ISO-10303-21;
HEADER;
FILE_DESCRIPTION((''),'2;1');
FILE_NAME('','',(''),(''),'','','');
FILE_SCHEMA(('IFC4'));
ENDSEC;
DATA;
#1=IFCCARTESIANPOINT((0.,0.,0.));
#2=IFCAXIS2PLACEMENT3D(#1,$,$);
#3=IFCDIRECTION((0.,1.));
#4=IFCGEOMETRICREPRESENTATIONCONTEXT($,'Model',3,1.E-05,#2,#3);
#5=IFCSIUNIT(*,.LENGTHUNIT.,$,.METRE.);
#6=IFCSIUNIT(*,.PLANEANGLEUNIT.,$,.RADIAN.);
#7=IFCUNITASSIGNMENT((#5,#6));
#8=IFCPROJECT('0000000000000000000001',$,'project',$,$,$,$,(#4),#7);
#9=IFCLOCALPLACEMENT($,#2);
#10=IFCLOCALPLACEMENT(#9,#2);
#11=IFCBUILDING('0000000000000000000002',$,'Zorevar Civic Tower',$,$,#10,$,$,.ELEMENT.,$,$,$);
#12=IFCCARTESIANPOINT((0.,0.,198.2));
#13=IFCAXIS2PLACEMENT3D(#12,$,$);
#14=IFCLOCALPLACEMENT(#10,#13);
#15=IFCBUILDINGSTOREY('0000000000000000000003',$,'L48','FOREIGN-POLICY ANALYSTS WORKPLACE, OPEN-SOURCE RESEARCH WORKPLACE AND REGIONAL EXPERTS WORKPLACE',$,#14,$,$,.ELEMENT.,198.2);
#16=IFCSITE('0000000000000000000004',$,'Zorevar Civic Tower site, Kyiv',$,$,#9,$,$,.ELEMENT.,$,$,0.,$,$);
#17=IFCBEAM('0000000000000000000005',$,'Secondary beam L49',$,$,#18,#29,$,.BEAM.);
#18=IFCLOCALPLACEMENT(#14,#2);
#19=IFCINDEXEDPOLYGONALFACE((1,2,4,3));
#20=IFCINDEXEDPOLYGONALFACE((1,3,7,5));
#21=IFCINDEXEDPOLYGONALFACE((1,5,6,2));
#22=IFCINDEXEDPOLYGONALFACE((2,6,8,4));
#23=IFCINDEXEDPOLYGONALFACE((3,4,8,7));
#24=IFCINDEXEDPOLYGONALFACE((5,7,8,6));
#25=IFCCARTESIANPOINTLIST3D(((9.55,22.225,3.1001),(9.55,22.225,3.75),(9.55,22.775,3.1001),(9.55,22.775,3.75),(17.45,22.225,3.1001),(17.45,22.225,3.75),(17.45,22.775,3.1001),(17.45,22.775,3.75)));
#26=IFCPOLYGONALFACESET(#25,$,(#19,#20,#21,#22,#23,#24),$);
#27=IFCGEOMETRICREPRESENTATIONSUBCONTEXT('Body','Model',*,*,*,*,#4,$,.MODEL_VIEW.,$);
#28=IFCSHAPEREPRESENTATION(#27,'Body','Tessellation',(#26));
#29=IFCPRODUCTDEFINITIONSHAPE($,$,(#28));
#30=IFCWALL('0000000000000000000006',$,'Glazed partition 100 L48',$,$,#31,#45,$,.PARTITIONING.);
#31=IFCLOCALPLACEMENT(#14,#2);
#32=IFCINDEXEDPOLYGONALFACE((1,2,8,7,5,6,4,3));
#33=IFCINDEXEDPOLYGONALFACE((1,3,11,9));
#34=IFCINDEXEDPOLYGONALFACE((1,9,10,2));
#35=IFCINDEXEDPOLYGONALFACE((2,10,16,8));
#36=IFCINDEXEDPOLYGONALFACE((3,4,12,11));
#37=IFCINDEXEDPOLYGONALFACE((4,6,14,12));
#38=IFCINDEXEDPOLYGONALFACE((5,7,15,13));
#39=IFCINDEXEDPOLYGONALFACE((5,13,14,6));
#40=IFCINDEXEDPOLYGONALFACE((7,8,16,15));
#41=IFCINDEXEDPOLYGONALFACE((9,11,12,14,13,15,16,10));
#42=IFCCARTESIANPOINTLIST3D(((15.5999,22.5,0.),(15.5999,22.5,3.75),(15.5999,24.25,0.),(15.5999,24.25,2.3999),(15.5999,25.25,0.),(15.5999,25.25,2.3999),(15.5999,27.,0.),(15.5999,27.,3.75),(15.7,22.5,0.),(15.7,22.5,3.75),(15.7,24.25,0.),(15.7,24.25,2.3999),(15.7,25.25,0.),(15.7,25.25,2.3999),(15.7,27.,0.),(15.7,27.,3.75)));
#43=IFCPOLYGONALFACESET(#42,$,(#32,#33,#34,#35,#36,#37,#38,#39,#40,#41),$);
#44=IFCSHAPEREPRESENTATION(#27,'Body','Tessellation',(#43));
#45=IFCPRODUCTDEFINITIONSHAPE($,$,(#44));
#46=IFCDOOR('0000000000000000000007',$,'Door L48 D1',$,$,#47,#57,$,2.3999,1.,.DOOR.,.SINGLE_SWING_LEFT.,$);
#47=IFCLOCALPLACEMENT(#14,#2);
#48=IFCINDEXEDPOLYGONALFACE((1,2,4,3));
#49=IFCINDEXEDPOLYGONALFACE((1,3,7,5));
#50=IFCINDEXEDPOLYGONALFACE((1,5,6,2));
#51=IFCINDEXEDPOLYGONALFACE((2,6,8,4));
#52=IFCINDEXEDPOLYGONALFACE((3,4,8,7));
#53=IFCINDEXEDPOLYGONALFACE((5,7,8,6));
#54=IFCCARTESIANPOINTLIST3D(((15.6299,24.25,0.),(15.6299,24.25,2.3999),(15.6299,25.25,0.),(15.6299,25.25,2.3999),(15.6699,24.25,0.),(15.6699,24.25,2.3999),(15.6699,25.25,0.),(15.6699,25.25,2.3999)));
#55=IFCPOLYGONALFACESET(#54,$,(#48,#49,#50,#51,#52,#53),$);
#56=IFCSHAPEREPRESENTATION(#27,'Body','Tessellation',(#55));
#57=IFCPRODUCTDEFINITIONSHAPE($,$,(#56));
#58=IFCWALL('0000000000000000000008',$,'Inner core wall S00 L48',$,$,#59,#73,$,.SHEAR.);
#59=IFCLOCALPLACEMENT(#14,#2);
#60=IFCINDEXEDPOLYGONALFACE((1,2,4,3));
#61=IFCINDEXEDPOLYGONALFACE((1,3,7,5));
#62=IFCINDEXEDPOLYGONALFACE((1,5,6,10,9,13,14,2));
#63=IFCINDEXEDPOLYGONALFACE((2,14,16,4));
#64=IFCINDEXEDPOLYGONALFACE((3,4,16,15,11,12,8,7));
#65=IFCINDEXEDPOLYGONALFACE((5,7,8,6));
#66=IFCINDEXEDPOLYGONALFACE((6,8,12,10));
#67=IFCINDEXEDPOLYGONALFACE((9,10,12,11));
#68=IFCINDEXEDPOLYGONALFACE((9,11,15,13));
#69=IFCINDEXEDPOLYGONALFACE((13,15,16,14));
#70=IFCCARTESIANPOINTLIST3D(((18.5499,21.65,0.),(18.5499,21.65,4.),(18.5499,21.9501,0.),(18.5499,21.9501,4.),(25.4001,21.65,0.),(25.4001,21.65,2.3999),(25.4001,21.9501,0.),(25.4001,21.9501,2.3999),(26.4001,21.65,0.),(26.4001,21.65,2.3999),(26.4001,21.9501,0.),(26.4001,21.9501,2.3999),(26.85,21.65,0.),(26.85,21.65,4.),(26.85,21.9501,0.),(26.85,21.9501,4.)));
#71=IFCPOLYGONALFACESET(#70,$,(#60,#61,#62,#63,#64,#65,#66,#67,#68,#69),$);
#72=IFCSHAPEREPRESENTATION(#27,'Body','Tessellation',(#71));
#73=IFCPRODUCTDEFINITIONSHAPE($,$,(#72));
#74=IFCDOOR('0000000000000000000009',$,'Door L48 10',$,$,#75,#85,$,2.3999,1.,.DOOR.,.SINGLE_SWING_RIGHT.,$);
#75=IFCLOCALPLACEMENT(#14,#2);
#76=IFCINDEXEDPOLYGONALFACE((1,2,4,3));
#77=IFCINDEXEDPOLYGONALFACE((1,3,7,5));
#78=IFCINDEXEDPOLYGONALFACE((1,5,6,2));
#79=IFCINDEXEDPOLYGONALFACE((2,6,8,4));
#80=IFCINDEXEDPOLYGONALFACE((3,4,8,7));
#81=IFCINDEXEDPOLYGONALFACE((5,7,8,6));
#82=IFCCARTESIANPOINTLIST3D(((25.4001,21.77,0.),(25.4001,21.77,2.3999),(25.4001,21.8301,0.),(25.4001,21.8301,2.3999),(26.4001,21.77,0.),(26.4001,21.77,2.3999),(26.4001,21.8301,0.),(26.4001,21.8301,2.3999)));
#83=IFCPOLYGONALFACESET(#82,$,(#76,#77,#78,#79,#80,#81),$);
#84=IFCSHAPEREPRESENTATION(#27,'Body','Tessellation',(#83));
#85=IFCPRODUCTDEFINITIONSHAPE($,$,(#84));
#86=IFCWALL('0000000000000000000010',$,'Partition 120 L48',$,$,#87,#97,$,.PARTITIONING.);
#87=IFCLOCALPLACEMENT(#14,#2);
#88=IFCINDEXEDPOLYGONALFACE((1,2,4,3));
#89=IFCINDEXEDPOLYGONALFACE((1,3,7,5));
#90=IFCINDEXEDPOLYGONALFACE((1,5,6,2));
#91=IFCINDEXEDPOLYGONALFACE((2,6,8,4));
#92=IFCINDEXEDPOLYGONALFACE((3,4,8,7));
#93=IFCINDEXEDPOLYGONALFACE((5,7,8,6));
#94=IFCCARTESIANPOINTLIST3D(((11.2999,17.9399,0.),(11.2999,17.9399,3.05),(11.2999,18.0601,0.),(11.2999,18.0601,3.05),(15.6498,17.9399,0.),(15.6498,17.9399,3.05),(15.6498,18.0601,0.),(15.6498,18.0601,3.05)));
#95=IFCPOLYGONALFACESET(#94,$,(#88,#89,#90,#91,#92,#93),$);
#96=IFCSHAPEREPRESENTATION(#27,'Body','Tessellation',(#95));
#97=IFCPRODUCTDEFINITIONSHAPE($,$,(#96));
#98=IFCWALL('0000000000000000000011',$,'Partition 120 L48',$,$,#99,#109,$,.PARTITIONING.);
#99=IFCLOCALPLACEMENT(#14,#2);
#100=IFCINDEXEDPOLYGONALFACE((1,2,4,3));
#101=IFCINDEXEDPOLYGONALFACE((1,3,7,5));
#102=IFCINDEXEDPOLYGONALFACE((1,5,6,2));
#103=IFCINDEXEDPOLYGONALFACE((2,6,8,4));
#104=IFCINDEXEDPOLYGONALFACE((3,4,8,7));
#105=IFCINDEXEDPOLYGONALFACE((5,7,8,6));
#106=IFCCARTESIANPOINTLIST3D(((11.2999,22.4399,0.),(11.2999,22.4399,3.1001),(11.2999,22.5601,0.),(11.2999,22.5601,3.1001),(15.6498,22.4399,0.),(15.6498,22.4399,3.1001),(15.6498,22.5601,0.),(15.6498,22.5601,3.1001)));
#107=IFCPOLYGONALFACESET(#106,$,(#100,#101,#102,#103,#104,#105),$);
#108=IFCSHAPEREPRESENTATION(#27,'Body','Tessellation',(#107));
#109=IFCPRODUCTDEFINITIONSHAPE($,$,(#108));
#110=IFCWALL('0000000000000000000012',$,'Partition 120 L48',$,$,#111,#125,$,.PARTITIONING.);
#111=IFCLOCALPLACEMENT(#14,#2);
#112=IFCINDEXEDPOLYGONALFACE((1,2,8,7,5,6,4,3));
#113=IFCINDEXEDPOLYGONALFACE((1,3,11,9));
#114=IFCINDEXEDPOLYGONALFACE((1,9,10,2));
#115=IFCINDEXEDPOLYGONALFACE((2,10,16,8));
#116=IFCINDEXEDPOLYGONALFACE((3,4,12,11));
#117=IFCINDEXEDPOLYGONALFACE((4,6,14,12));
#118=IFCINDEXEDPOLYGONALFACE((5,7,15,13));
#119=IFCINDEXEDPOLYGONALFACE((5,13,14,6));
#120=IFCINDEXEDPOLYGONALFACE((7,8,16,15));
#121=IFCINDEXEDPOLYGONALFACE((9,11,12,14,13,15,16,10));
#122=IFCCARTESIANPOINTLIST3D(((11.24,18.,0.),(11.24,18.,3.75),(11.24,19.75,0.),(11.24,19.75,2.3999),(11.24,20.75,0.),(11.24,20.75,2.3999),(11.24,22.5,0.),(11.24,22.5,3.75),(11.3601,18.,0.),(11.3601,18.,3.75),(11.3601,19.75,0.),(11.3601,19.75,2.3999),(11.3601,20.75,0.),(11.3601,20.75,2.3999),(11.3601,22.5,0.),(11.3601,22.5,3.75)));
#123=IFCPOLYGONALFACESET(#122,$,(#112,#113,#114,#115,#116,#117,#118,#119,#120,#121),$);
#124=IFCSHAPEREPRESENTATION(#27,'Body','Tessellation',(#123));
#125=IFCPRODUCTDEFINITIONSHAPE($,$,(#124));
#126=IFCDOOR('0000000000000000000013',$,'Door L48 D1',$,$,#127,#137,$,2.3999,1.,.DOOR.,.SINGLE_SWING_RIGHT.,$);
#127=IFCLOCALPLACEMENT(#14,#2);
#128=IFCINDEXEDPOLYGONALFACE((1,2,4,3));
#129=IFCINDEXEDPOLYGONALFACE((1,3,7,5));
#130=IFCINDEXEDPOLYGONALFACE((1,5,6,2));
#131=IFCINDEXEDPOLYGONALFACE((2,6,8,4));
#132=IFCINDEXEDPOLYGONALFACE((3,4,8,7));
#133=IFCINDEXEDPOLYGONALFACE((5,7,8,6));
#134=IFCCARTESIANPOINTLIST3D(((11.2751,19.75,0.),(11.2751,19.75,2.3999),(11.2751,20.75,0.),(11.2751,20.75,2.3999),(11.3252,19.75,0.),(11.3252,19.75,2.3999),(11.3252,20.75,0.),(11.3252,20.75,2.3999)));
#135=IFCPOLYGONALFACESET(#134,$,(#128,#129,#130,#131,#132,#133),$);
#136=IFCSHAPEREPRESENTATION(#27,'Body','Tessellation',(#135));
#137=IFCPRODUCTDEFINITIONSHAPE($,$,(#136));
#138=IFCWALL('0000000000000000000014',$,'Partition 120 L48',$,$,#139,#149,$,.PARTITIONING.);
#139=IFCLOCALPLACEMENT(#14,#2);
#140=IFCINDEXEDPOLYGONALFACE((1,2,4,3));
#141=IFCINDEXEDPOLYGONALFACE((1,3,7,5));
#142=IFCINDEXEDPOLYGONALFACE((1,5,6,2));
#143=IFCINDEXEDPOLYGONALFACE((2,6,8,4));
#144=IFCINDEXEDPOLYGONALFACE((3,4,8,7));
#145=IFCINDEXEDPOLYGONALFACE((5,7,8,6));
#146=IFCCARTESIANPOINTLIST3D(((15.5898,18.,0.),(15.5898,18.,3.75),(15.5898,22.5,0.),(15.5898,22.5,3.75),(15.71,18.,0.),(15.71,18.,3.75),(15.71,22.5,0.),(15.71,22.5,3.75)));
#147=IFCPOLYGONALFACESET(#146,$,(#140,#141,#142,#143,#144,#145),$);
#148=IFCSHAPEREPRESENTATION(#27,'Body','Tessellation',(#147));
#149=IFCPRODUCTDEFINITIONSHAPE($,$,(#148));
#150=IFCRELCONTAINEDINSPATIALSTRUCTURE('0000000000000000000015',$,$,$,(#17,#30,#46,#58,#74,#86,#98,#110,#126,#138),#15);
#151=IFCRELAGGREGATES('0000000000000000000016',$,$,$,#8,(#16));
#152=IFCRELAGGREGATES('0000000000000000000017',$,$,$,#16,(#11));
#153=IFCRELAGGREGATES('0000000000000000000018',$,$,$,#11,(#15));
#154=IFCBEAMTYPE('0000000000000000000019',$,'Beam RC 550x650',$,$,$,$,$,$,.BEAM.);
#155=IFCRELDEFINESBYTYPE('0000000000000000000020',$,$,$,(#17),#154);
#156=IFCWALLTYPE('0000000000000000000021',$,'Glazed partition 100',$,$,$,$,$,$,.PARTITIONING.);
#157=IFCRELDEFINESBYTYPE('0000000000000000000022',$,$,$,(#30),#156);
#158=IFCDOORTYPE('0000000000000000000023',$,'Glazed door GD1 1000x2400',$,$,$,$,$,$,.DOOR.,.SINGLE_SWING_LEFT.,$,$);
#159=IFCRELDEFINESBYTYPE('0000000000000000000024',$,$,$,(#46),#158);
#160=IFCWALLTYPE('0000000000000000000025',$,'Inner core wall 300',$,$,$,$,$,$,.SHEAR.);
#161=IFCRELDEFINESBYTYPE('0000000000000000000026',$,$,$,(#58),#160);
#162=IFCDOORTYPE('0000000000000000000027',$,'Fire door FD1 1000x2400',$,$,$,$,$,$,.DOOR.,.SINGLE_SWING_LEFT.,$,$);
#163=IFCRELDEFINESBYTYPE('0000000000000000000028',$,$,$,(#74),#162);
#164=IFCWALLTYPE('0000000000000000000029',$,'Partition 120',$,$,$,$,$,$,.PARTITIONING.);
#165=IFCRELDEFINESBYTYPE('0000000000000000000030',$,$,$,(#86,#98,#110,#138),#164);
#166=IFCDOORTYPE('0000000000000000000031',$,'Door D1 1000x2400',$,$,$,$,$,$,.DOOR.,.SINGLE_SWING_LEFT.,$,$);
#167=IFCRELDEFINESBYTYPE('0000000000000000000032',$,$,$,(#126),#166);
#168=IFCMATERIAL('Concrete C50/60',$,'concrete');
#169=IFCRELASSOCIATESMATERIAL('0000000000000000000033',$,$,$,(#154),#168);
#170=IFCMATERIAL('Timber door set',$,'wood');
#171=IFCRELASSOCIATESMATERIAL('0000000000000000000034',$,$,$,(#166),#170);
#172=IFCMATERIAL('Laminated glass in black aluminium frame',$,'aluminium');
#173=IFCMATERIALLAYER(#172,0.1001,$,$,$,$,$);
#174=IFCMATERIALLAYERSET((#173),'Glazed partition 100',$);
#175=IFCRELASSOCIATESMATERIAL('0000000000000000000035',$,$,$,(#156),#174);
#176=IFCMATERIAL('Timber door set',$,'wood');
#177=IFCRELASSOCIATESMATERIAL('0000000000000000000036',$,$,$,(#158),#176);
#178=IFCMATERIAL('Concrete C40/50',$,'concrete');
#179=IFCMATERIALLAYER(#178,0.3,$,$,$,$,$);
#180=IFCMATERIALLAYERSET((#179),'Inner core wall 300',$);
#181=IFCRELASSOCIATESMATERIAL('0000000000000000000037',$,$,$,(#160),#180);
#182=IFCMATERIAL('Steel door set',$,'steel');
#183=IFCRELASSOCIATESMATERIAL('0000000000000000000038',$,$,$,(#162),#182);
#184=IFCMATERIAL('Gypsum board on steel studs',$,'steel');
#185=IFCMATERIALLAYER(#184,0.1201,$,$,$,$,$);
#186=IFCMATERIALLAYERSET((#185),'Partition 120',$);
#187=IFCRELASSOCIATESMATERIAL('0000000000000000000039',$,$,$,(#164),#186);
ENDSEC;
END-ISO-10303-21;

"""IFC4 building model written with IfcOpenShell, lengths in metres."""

from ifc_helpers import new_model, si_unit, direction, frame, frame_2d, origin, origin_2d, place, context, subcontext, project, spatial, rectangle, extrude, material, layer, layer_set, material_profile, profile_set, type_object, element, fill, save


model = new_model("IFC4")

# Units and contexts
model_context = context("Model", 3, precision=1e-05, world=origin(), true_north=direction((0.0, 1.0)))
body_context = subcontext(model_context, "Body", "Model", "MODEL_VIEW")
ifc_project = project(units=[si_unit("LENGTHUNIT", "METRE"), si_unit("PLANEANGLEUNIT", "RADIAN")], contexts=[model_context])

# Site, building, storey
site_placement = place(None, origin())
site = spatial("IfcSite", under=ifc_project, at=site_placement, Name="Zorevar Civic Tower site, Kyiv", CompositionType="ELEMENT", RefElevation=0.0)
building_placement = place(site_placement, origin())
building = spatial("IfcBuilding", under=site, at=building_placement, Name="Zorevar Civic Tower", CompositionType="ELEMENT")
storey_placement = place(building_placement, frame((0.0, 0.0, 198.2)))
storey = spatial("IfcBuildingStorey", under=building, at=storey_placement, Name="L48", Description="FOREIGN-POLICY ANALYSTS WORKPLACE, OPEN-SOURCE RESEARCH WORKPLACE AND REGIONAL EXPERTS WORKPLACE", CompositionType="ELEMENT", Elevation=198.2)

# Beam
ifc_material_1 = material(Name="Concrete C50/60", Category="concrete")
ifc_material_profile = material_profile(ifc_material_1, rectangle(XDim=0.55, YDim=0.6499, at=origin_2d()), Name="RC 550x650")
ifc_profile_set = profile_set([ifc_material_profile], Name="Concrete C50/60")
beam_type = type_object("IfcBeamType", Name="Beam RC 550x650", PredefinedType="BEAM", material=ifc_profile_set)
beam_placement = place(storey_placement, frame((9.55, 22.5, 3.425), z_axis=(1.0, 0.0, 0.0), x_axis=(0.0, 1.0, 0.0)))
element("IfcBeam", 1, at=beam_placement, inside=storey, type_object=beam_type, Name="Secondary beam L49", PredefinedType="BEAM", context=body_context, shape_type="SweptSolid", body=[
    extrude(rectangle(XDim=0.55, YDim=0.6499, at=origin_2d()), origin(), (0.0, 0.0, 1.0), 7.8999),
])

# Shared definitions
ifc_material_2 = material(Name="Timber door set", Category="wood")
door_type_1 = type_object("IfcDoorType", Name="Door D1 1000x2400", OperationType="SINGLE_SWING_LEFT", PredefinedType="DOOR", material=ifc_material_2)

# Walls, openings, doors
ifc_material_3 = material(Name="Laminated glass in black aluminium frame", Category="aluminium")
ifc_layer_1 = layer(ifc_material_3, 0.1001)
ifc_layer_set_1 = layer_set([ifc_layer_1], Name="Glazed partition 100")
wall_type_1 = type_object("IfcWallType", Name="Glazed partition 100", PredefinedType="PARTITIONING", material=ifc_layer_set_1)
wall_1_placement = place(storey_placement, frame((15.6499, 22.5, 0.0), z_axis=(0.0, 0.0, 1.0), x_axis=(0.0, 1.0, 0.0)))
wall_1 = element("IfcWall", 2, at=wall_1_placement, inside=storey, type_object=wall_type_1, Name="Glazed partition 100 L48", PredefinedType="PARTITIONING", context=body_context, shape_type="SweptSolid", body=[
    extrude(rectangle(XDim=4.5, YDim=0.1001, at=frame_2d((2.25, 0.0))), origin(), (0.0, 0.0, 1.0), 3.75),
])
opening_1_placement = place(wall_1_placement, frame((1.75, 0.0, 0.0)))
opening_1 = element("IfcOpeningElement", 3, at=opening_1_placement, cuts=wall_1, PredefinedType="OPENING", context=body_context, shape_type="SweptSolid", body=[
    extrude(rectangle(XDim=1.0, YDim=2.3999, at=frame_2d((0.5, 1.2))), frame((0.0, 0.0601, 0.0), z_axis=(0.0, -1.0, 0.0), x_axis=(1.0, 0.0, 0.0)), (0.0, 0.0, 1.0), 0.1201),
])
ifc_material_4 = material(Name="Timber door set", Category="wood")
door_type_2 = type_object("IfcDoorType", Name="Glazed door GD1 1000x2400", OperationType="SINGLE_SWING_LEFT", PredefinedType="DOOR", material=ifc_material_4)
door_1_placement = place(opening_1_placement, origin())
door_1 = element("IfcDoor", 4, at=door_1_placement, inside=storey, type_object=door_type_2, Name="Door L48 D1", OperationType="SINGLE_SWING_LEFT", OverallHeight=2.3999, OverallWidth=1.0, PredefinedType="DOOR", context=body_context, shape_type="SweptSolid", body=[
    extrude(rectangle(XDim=1.0, YDim=2.3999, at=frame_2d((0.5, 1.2))), frame((0.0, 0.02, 0.0), z_axis=(0.0, -1.0, 0.0), x_axis=(1.0, 0.0, 0.0)), (0.0, 0.0, 1.0), 0.04),
])
fill(opening_1, door_1)
ifc_material_5 = material(Name="Concrete C40/50", Category="concrete")
ifc_layer_2 = layer(ifc_material_5, 0.3)
ifc_layer_set_2 = layer_set([ifc_layer_2], Name="Inner core wall 300")
wall_type_2 = type_object("IfcWallType", Name="Inner core wall 300", PredefinedType="SHEAR", material=ifc_layer_set_2)
wall_2_placement = place(storey_placement, frame((18.55, 21.8, 0.0), z_axis=(0.0, 0.0, 1.0), x_axis=(1.0, 0.0, 0.0)))
wall_2 = element("IfcWall", 5, at=wall_2_placement, inside=storey, type_object=wall_type_2, Name="Inner core wall S00 L48", PredefinedType="SHEAR", context=body_context, shape_type="SweptSolid", body=[
    extrude(rectangle(XDim=8.3, YDim=0.3, at=frame_2d((4.1499, 0.0))), origin(), (0.0, 0.0, 1.0), 4.0),
])
opening_2_placement = place(wall_2_placement, frame((6.8501, 0.0, 0.0)))
opening_2 = element("IfcOpeningElement", 6, at=opening_2_placement, cuts=wall_2, PredefinedType="OPENING", context=body_context, shape_type="SweptSolid", body=[
    extrude(rectangle(XDim=1.0, YDim=2.3999, at=frame_2d((0.5, 1.2))), frame((0.0, 0.1599, 0.0), z_axis=(0.0, -1.0, 0.0), x_axis=(1.0, 0.0, 0.0)), (0.0, 0.0, 1.0), 0.3201),
])
ifc_material_6 = material(Name="Steel door set", Category="steel")
door_type_3 = type_object("IfcDoorType", Name="Fire door FD1 1000x2400", OperationType="SINGLE_SWING_LEFT", PredefinedType="DOOR", material=ifc_material_6)
door_2_placement = place(opening_2_placement, origin())
door_2 = element("IfcDoor", 7, at=door_2_placement, inside=storey, type_object=door_type_3, Name="Door L48 10", OperationType="SINGLE_SWING_RIGHT", OverallHeight=2.3999, OverallWidth=1.0, PredefinedType="DOOR", context=body_context, shape_type="SweptSolid", body=[
    extrude(rectangle(XDim=1.0, YDim=2.3999, at=frame_2d((0.5, 1.2))), frame((0.0, 0.03, 0.0), z_axis=(0.0, -1.0, 0.0), x_axis=(1.0, 0.0, 0.0)), (0.0, 0.0, 1.0), 0.0601),
])
fill(opening_2, door_2)

# Walls
ifc_material_7 = material(Name="Gypsum board on steel studs", Category="steel")
ifc_layer_3 = layer(ifc_material_7, 0.1201)
ifc_layer_set_3 = layer_set([ifc_layer_3], Name="Partition 120")
wall_type_3 = type_object("IfcWallType", Name="Partition 120", PredefinedType="PARTITIONING", material=ifc_layer_set_3)
wall_3_placement = place(storey_placement, frame((11.3, 18.0, 0.0), z_axis=(0.0, 0.0, 1.0), x_axis=(1.0, 0.0, 0.0)))
element("IfcWall", 8, at=wall_3_placement, inside=storey, type_object=wall_type_3, Name="Partition 120 L48", PredefinedType="PARTITIONING", context=body_context, shape_type="SweptSolid", body=[
    extrude(rectangle(XDim=4.3499, YDim=0.1201, at=frame_2d((2.1748, 0.0))), origin(), (0.0, 0.0, 1.0), 3.05),
])
wall_4_placement = place(storey_placement, frame((11.3, 22.5, 0.0), z_axis=(0.0, 0.0, 1.0), x_axis=(1.0, 0.0, 0.0)))
element("IfcWall", 9, at=wall_4_placement, inside=storey, type_object=wall_type_3, Name="Partition 120 L48", PredefinedType="PARTITIONING", context=body_context, shape_type="SweptSolid", body=[
    extrude(rectangle(XDim=4.3499, YDim=0.1201, at=frame_2d((2.1748, 0.0))), origin(), (0.0, 0.0, 1.0), 3.1001),
])

# Wall, opening, door
wall_5_placement = place(storey_placement, frame((11.3, 18.0, 0.0), z_axis=(0.0, 0.0, 1.0), x_axis=(0.0, 1.0, 0.0)))
wall_5 = element("IfcWall", 10, at=wall_5_placement, inside=storey, type_object=wall_type_3, Name="Partition 120 L48", PredefinedType="PARTITIONING", context=body_context, shape_type="SweptSolid", body=[
    extrude(rectangle(XDim=4.5, YDim=0.1201, at=frame_2d((2.25, 0.0))), origin(), (0.0, 0.0, 1.0), 3.75),
])
opening_3_placement = place(wall_5_placement, frame((1.75, 0.0, 0.0)))
opening_3 = element("IfcOpeningElement", 11, at=opening_3_placement, cuts=wall_5, PredefinedType="OPENING", context=body_context, shape_type="SweptSolid", body=[
    extrude(rectangle(XDim=1.0, YDim=2.3999, at=frame_2d((0.5, 1.2))), frame((0.0, 0.0701, 0.0), z_axis=(0.0, -1.0, 0.0), x_axis=(1.0, 0.0, 0.0)), (0.0, 0.0, 1.0), 0.1401),
])
door_3_placement = place(opening_3_placement, origin())
door_3 = element("IfcDoor", 12, at=door_3_placement, inside=storey, type_object=door_type_1, Name="Door L48 D1", OperationType="SINGLE_SWING_RIGHT", OverallHeight=2.3999, OverallWidth=1.0, PredefinedType="DOOR", context=body_context, shape_type="SweptSolid", body=[
    extrude(rectangle(XDim=1.0, YDim=2.3999, at=frame_2d((0.5, 1.2))), frame((0.0, 0.0249, 0.0), z_axis=(0.0, -1.0, 0.0), x_axis=(1.0, 0.0, 0.0)), (0.0, 0.0, 1.0), 0.05),
])
fill(opening_3, door_3)

# Wall
wall_6_placement = place(storey_placement, frame((15.6499, 18.0, 0.0), z_axis=(0.0, 0.0, 1.0), x_axis=(0.0, 1.0, 0.0)))
element("IfcWall", 13, at=wall_6_placement, inside=storey, type_object=wall_type_3, Name="Partition 120 L48", PredefinedType="PARTITIONING", context=body_context, shape_type="SweptSolid", body=[
    extrude(rectangle(XDim=4.5, YDim=0.1201, at=frame_2d((2.25, 0.0))), origin(), (0.0, 0.0, 1.0), 3.75),
])

save(model, "model.ifc")
